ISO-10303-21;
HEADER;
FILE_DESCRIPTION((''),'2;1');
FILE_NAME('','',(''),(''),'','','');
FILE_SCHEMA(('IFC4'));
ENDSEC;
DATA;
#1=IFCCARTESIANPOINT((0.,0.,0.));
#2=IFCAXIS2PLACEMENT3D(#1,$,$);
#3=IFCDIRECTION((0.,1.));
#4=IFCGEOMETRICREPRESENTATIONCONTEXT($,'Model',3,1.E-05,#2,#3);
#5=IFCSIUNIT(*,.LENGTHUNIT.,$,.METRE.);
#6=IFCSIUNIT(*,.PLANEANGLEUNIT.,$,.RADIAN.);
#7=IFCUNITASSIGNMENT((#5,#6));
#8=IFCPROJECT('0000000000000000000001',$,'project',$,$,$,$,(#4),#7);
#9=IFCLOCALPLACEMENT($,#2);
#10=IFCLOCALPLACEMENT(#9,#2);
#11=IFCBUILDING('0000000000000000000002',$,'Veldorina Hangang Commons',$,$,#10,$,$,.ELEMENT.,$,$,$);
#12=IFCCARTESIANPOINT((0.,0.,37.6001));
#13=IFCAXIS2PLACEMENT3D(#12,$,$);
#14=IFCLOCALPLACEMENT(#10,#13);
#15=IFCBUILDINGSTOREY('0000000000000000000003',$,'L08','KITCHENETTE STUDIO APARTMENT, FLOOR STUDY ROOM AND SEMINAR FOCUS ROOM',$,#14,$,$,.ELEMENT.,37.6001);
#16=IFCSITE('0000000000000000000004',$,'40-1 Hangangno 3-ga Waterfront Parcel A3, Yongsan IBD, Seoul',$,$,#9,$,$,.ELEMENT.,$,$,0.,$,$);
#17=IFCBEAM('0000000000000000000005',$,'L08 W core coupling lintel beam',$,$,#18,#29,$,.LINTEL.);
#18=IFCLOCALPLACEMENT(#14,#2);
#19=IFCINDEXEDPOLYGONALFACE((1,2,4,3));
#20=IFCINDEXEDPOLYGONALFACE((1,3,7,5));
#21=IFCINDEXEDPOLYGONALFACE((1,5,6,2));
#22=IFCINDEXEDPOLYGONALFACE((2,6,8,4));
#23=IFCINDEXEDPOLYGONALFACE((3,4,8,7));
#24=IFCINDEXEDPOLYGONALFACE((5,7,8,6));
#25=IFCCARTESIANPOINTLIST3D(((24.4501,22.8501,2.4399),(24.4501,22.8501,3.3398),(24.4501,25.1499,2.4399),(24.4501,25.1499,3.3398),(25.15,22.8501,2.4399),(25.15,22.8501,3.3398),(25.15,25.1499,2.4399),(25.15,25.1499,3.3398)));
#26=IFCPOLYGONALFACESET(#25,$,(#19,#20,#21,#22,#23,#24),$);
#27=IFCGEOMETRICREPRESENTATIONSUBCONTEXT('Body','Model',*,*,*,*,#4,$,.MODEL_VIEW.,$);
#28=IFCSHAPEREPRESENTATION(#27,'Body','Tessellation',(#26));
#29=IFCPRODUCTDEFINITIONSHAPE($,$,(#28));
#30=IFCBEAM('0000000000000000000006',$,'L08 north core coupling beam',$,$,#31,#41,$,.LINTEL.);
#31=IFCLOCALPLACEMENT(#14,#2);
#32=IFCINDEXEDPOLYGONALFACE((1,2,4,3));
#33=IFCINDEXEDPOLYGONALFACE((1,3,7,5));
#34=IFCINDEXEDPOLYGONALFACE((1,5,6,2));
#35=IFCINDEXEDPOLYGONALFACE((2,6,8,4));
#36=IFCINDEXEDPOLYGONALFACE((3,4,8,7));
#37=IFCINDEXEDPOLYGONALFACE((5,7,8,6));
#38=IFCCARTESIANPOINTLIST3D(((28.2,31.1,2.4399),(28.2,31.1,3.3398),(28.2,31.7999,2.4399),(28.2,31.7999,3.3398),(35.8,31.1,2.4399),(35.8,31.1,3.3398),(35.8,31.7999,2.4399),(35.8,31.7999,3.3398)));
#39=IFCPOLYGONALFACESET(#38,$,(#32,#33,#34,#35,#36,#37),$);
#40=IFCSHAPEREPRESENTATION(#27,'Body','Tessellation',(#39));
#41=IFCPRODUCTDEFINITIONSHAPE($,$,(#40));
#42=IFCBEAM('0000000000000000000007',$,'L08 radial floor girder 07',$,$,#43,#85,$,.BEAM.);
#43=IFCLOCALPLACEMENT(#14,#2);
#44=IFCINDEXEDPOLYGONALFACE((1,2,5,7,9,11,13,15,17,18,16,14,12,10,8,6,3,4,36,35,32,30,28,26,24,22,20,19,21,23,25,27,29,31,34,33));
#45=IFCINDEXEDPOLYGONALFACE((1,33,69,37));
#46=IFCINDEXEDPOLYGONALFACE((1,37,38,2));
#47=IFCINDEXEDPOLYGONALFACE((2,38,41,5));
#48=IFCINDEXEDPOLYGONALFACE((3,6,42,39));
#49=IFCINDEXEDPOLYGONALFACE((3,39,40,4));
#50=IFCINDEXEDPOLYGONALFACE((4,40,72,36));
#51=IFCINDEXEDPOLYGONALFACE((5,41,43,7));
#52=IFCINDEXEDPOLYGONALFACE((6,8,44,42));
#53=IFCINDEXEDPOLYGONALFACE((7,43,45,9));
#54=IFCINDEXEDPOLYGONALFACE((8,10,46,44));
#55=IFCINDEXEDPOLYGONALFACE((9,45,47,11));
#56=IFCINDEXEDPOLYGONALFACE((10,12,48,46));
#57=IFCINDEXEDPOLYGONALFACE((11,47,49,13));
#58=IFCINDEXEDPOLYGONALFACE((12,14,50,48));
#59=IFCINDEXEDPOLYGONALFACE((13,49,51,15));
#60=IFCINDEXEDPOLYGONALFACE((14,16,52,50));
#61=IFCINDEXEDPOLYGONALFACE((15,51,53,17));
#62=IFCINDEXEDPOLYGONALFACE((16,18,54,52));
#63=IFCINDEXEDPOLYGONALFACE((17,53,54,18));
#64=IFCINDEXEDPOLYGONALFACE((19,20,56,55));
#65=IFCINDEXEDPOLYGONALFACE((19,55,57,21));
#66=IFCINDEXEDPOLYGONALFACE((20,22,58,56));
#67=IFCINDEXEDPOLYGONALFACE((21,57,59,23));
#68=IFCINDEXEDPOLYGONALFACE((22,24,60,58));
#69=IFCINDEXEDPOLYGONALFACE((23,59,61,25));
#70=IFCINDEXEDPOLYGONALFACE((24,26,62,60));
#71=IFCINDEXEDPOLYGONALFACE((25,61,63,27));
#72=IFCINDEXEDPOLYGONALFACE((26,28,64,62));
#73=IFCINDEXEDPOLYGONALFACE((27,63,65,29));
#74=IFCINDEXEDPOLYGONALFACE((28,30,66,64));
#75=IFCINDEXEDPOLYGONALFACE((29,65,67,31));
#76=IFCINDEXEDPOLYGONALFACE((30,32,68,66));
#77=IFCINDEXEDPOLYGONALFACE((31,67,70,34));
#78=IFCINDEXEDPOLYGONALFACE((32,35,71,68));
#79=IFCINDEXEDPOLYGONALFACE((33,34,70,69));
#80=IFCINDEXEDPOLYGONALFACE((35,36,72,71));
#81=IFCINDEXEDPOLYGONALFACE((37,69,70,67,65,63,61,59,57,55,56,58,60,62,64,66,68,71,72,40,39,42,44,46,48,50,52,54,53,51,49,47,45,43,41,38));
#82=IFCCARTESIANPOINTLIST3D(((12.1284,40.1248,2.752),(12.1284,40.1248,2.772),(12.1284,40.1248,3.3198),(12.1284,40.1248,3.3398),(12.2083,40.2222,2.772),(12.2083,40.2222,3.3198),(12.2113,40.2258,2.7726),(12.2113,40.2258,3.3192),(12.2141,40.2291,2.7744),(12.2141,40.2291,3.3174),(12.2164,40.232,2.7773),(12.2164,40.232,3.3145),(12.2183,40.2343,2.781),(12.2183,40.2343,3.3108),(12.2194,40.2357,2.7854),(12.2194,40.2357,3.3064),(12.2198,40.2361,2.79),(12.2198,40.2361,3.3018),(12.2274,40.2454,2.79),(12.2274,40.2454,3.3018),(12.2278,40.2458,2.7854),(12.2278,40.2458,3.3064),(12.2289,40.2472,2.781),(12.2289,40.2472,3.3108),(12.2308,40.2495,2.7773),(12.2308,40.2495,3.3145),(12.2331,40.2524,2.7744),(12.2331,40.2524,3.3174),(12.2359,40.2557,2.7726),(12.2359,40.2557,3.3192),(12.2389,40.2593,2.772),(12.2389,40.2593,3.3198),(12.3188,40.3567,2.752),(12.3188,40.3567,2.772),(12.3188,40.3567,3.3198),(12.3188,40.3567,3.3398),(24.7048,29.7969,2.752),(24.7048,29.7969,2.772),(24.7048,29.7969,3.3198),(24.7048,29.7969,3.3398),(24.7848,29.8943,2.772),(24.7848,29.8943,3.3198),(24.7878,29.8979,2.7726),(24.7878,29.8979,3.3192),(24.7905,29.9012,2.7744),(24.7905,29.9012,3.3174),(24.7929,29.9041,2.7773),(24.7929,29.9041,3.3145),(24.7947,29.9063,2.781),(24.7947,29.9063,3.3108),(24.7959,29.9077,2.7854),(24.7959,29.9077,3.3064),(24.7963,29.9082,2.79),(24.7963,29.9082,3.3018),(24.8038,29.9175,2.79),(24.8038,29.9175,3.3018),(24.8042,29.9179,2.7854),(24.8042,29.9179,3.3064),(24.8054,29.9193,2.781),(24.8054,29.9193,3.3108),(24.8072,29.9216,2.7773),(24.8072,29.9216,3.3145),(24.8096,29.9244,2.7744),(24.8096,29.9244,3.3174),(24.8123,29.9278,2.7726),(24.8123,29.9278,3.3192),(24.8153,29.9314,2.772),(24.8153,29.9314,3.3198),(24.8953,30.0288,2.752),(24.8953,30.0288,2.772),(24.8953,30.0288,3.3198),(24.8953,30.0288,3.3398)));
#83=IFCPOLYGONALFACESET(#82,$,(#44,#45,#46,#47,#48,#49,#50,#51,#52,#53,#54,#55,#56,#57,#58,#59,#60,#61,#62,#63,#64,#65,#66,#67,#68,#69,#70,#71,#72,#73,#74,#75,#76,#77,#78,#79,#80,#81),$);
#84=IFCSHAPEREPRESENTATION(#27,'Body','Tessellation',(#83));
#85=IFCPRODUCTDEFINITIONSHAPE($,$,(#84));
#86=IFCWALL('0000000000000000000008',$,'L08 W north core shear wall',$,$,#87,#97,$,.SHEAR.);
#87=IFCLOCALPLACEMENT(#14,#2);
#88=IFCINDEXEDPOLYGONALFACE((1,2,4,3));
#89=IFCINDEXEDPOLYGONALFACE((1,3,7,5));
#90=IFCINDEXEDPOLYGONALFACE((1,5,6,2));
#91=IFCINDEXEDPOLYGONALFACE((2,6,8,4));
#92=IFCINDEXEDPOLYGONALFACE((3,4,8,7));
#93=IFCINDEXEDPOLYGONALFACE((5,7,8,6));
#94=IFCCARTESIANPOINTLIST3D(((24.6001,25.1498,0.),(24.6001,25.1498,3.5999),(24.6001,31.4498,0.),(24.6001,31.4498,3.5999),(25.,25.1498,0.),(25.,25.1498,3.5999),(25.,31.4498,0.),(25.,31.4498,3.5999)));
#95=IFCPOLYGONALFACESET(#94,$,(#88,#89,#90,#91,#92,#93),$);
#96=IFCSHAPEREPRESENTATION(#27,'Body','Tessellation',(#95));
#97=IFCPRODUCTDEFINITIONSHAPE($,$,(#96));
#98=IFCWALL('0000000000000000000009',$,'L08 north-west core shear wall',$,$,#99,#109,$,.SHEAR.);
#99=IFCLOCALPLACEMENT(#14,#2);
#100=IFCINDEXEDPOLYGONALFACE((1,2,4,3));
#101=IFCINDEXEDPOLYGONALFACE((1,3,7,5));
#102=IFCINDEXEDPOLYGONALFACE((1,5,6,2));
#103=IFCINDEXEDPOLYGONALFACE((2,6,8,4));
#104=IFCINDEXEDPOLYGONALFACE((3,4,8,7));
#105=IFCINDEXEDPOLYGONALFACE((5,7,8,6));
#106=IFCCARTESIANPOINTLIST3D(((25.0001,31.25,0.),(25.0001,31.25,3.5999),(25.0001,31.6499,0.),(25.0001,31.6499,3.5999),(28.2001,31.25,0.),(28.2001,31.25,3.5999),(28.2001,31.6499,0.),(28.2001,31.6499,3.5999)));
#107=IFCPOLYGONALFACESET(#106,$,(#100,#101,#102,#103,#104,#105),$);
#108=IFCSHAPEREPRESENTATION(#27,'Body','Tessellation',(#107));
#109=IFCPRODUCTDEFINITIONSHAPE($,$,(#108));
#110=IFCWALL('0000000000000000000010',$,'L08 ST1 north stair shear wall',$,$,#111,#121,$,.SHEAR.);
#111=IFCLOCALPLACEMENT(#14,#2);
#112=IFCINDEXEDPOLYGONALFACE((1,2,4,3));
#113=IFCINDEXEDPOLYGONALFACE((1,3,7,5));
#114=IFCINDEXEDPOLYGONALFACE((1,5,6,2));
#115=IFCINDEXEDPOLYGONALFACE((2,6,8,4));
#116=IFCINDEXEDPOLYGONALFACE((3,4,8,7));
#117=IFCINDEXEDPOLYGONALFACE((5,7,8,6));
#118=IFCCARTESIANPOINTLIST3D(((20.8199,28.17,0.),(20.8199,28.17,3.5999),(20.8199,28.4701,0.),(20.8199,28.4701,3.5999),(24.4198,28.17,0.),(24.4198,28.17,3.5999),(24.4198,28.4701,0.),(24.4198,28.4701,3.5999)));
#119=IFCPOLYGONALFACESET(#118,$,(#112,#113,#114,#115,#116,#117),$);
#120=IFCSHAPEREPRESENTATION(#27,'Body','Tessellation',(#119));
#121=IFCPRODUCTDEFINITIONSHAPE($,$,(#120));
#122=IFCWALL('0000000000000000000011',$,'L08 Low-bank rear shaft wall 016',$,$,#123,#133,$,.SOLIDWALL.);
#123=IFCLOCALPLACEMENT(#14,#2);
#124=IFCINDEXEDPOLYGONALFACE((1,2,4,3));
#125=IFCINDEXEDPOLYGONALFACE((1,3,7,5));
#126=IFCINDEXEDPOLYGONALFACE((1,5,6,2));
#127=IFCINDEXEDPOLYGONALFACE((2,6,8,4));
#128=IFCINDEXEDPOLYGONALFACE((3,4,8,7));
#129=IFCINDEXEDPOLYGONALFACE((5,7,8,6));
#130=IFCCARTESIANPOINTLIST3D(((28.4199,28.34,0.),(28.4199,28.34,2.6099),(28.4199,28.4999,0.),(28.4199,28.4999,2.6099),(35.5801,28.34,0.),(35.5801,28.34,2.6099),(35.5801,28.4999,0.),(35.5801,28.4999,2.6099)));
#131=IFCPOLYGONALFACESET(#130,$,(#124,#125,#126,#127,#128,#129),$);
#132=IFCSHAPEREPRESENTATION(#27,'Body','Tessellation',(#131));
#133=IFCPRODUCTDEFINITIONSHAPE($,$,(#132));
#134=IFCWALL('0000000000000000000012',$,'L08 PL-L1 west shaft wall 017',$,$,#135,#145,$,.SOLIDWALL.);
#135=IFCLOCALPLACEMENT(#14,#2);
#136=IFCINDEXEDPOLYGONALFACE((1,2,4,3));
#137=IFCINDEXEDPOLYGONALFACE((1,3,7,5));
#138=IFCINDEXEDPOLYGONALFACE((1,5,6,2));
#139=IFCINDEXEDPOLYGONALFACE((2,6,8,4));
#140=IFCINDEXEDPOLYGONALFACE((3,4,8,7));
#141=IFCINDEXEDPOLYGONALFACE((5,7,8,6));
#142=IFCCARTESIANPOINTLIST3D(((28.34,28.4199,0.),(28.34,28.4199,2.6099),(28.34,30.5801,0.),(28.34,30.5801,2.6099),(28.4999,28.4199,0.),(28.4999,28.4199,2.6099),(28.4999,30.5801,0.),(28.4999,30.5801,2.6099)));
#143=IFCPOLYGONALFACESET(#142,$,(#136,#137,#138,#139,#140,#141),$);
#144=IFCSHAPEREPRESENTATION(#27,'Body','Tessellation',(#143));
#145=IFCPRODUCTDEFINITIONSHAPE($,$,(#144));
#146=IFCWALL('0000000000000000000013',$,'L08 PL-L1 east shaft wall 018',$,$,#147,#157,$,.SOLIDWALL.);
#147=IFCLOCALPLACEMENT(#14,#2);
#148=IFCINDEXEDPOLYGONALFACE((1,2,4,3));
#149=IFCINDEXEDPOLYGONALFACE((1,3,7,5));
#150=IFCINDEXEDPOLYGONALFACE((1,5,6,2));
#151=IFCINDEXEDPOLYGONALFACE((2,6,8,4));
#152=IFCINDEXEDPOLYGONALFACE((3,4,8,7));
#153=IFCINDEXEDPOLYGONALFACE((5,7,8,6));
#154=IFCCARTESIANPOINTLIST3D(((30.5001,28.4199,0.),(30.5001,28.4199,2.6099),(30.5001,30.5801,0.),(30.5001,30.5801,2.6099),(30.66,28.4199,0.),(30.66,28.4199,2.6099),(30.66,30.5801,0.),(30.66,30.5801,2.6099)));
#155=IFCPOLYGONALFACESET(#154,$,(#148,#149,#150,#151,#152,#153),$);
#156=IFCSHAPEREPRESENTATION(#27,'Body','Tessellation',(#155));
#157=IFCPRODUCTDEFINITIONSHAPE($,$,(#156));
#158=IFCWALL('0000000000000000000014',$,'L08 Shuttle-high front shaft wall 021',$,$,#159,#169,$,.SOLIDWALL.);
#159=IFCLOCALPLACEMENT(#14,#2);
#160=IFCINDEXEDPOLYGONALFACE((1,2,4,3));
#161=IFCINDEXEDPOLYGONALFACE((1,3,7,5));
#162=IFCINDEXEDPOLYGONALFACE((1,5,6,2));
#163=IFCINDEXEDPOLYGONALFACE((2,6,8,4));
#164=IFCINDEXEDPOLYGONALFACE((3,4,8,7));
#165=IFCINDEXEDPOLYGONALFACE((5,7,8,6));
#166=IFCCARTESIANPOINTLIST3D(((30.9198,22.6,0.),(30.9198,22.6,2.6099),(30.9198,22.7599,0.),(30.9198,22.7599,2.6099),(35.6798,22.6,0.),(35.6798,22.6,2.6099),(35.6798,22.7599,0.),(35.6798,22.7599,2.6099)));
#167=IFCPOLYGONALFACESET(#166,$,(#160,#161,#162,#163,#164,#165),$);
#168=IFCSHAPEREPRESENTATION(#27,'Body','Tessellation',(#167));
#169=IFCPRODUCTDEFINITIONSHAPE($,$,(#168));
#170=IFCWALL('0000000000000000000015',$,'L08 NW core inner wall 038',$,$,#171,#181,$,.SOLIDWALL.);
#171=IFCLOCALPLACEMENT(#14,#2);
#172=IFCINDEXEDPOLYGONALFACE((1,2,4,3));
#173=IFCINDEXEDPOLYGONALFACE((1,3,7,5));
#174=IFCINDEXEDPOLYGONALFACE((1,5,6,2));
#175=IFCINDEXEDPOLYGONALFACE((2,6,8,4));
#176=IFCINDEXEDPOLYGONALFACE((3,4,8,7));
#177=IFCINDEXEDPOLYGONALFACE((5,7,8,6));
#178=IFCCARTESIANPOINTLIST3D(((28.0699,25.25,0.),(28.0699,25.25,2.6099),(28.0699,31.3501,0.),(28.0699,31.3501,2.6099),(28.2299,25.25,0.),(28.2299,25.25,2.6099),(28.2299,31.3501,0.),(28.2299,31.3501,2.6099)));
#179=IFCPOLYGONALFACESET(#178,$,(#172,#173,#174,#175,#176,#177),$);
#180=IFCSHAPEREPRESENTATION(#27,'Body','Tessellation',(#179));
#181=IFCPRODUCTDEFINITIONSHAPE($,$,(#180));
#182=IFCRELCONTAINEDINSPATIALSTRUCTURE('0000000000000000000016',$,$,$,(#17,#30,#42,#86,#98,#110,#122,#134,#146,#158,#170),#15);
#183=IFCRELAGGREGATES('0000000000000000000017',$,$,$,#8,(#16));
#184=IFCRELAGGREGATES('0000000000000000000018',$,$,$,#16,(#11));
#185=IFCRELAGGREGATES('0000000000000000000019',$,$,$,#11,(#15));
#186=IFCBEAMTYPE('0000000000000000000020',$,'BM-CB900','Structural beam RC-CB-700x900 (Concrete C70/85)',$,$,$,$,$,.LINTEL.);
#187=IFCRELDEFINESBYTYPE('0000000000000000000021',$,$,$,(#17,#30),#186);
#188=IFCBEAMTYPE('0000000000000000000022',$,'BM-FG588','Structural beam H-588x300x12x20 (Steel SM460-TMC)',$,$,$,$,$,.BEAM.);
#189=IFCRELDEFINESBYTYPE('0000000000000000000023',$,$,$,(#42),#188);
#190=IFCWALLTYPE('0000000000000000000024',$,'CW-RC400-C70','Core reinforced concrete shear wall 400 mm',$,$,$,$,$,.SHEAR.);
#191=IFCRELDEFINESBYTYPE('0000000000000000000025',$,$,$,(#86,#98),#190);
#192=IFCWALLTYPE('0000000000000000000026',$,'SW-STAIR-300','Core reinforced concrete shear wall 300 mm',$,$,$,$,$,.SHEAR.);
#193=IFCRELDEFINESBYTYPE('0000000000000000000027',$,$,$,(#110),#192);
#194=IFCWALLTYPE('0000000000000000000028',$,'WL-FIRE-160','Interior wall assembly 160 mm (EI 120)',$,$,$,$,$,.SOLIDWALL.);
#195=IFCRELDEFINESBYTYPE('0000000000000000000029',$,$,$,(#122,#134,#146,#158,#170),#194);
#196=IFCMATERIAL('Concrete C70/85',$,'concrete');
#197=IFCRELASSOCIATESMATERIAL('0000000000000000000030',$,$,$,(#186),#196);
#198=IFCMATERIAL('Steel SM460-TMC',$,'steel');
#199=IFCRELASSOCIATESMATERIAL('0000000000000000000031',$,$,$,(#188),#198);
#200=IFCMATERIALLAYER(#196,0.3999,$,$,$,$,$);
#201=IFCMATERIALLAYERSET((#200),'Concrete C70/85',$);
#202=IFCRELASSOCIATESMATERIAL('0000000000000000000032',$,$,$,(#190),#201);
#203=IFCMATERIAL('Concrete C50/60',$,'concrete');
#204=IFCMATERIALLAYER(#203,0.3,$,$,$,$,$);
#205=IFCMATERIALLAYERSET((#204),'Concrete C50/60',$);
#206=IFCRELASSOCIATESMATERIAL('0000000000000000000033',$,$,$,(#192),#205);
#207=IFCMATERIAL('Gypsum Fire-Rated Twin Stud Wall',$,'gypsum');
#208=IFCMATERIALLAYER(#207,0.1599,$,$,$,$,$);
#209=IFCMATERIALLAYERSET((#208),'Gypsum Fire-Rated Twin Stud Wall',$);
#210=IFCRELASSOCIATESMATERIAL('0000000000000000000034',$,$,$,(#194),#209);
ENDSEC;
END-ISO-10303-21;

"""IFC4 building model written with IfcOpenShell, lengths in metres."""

from ifc_helpers import new_model, si_unit, direction, frame, frame_2d, origin, origin_2d, place, context, subcontext, project, spatial, rectangle, i_section, extrude, material, layer, layer_set, material_profile, profile_set, type_object, element, save


model = new_model("IFC4")

# Units and contexts
model_context = context("Model", 3, precision=1e-05, world=origin(), true_north=direction((0.0, 1.0)))
body_context = subcontext(model_context, "Body", "Model", "MODEL_VIEW")
ifc_project = project(units=[si_unit("LENGTHUNIT", "METRE"), si_unit("PLANEANGLEUNIT", "RADIAN")], contexts=[model_context])

# Site, building, storey
site_placement = place(None, origin())
site = spatial("IfcSite", under=ifc_project, at=site_placement, Name="40-1 Hangangno 3-ga Waterfront Parcel A3, Yongsan IBD, Seoul", CompositionType="ELEMENT", RefElevation=0.0)
building_placement = place(site_placement, origin())
building = spatial("IfcBuilding", under=site, at=building_placement, Name="Veldorina Hangang Commons", CompositionType="ELEMENT")
storey_placement = place(building_placement, frame((0.0, 0.0, 37.6001)))
storey = spatial("IfcBuildingStorey", under=building, at=storey_placement, Name="L08", Description="KITCHENETTE STUDIO APARTMENT, FLOOR STUDY ROOM AND SEMINAR FOCUS ROOM", CompositionType="ELEMENT", Elevation=37.6001)

# Beams
ifc_material_1 = material(Name="Concrete C70/85", Category="concrete")
ifc_material_profile_1 = material_profile(ifc_material_1, rectangle(XDim=0.7, YDim=0.8999, at=origin_2d()), Name="RC-CB-700x900")
ifc_profile_set_1 = profile_set([ifc_material_profile_1], Name="Concrete C70/85")
beam_type_1 = type_object("IfcBeamType", Name="BM-CB900", Description="Structural beam RC-CB-700x900 (Concrete C70/85)", PredefinedType="LINTEL", material=ifc_profile_set_1)
beam_1_placement = place(storey_placement, frame((24.8, 22.8501, 2.8899), z_axis=(0.0, 1.0, 0.0), x_axis=(-1.0, 0.0, 0.0)))
element("IfcBeam", 1, at=beam_1_placement, inside=storey, type_object=beam_type_1, Name="L08 W core coupling lintel beam", PredefinedType="LINTEL", context=body_context, shape_type="SweptSolid", body=[
    extrude(rectangle(XDim=0.7, YDim=0.8999, at=origin_2d()), origin(), (0.0, 0.0, 1.0), 2.2998),
])
beam_2_placement = place(storey_placement, frame((28.2, 31.45, 2.8899), z_axis=(1.0, 0.0, 0.0), x_axis=(0.0, 1.0, 0.0)))
element("IfcBeam", 2, at=beam_2_placement, inside=storey, type_object=beam_type_1, Name="L08 north core coupling beam", PredefinedType="LINTEL", context=body_context, shape_type="SweptSolid", body=[
    extrude(rectangle(XDim=0.7, YDim=0.8999, at=origin_2d()), origin(), (0.0, 0.0, 1.0), 7.6001),
])
ifc_material_2 = material(Name="Steel SM460-TMC", Category="steel")
ifc_material_profile_2 = material_profile(ifc_material_2, i_section(OverallWidth=0.3, OverallDepth=0.5879, WebThickness=0.012, FlangeThickness=0.02, FilletRadius=0.0181, at=origin_2d()), Name="H-588x300x12x20")
ifc_profile_set_2 = profile_set([ifc_material_profile_2], Name="Steel SM460-TMC")
beam_type_2 = type_object("IfcBeamType", Name="BM-FG588", Description="Structural beam H-588x300x12x20 (Steel SM460-TMC)", PredefinedType="BEAM", material=ifc_profile_set_2)
beam_3_placement = place(storey_placement, frame((24.8, 29.9128, 3.0459), z_axis=(-0.772809, 0.634639, 0.0), x_axis=(-0.634639, -0.772809, 0.0)))
element("IfcBeam", 3, at=beam_3_placement, inside=storey, type_object=beam_type_2, Name="L08 radial floor girder 07", PredefinedType="BEAM", context=body_context, shape_type="SweptSolid", body=[
    extrude(i_section(OverallWidth=0.3, OverallDepth=0.5879, WebThickness=0.012, FlangeThickness=0.02, FilletRadius=0.0181, at=origin_2d()), origin(), (0.0, 0.0, 1.0), 16.2737),
])

# Walls
ifc_layer_1 = layer(ifc_material_1, 0.3999)
ifc_layer_set_1 = layer_set([ifc_layer_1], Name="Concrete C70/85")
wall_type_1 = type_object("IfcWallType", Name="CW-RC400-C70", Description="Core reinforced concrete shear wall 400 mm", PredefinedType="SHEAR", material=ifc_layer_set_1)
wall_1_placement = place(storey_placement, frame((24.8, 25.1499, 0.0), z_axis=(0.0, 0.0, 1.0), x_axis=(0.0, 1.0, 0.0)))
element("IfcWall", 4, at=wall_1_placement, inside=storey, type_object=wall_type_1, Name="L08 W north core shear wall", PredefinedType="SHEAR", context=body_context, shape_type="SweptSolid", body=[
    extrude(rectangle(XDim=6.3, YDim=0.3999, at=frame_2d((3.1499, 0.0))), origin(), (0.0, 0.0, 1.0), 3.5999),
])
wall_2_placement = place(storey_placement, frame((25.0, 31.45, 0.0), z_axis=(0.0, 0.0, 1.0), x_axis=(1.0, 0.0, 0.0)))
element("IfcWall", 5, at=wall_2_placement, inside=storey, type_object=wall_type_1, Name="L08 north-west core shear wall", PredefinedType="SHEAR", context=body_context, shape_type="SweptSolid", body=[
    extrude(rectangle(XDim=3.2, YDim=0.3999, at=frame_2d((1.6001, 0.0))), origin(), (0.0, 0.0, 1.0), 3.5999),
])
ifc_material_3 = material(Name="Concrete C50/60", Category="concrete")
ifc_layer_2 = layer(ifc_material_3, 0.3)
ifc_layer_set_2 = layer_set([ifc_layer_2], Name="Concrete C50/60")
wall_type_2 = type_object("IfcWallType", Name="SW-STAIR-300", Description="Core reinforced concrete shear wall 300 mm", PredefinedType="SHEAR", material=ifc_layer_set_2)
wall_3_placement = place(storey_placement, frame((20.8201, 28.3201, 0.0), z_axis=(0.0, 0.0, 1.0), x_axis=(1.0, 0.0, 0.0)))
element("IfcWall", 6, at=wall_3_placement, inside=storey, type_object=wall_type_2, Name="L08 ST1 north stair shear wall", PredefinedType="SHEAR", context=body_context, shape_type="SweptSolid", body=[
    extrude(rectangle(XDim=3.5999, YDim=0.3, at=frame_2d((1.7998, 0.0))), origin(), (0.0, 0.0, 1.0), 3.5999),
])

# Shared definitions
ifc_material_4 = material(Name="Gypsum Fire-Rated Twin Stud Wall", Category="gypsum")
ifc_layer_3 = layer(ifc_material_4, 0.1599)
ifc_layer_set_3 = layer_set([ifc_layer_3], Name="Gypsum Fire-Rated Twin Stud Wall")
wall_type_3 = type_object("IfcWallType", Name="WL-FIRE-160", Description="Interior wall assembly 160 mm (EI 120)", PredefinedType="SOLIDWALL", material=ifc_layer_set_3)

# Walls
wall_4_placement = place(storey_placement, frame((28.4199, 28.4199, 0.0), z_axis=(0.0, 0.0, 1.0), x_axis=(1.0, 0.0, 0.0)))
element("IfcWall", 7, at=wall_4_placement, inside=storey, type_object=wall_type_3, Name="L08 Low-bank rear shaft wall 016", PredefinedType="SOLIDWALL", context=body_context, shape_type="SweptSolid", body=[
    extrude(rectangle(XDim=7.1602, YDim=0.1599, at=frame_2d((3.5801, 0.0))), origin(), (0.0, 0.0, 1.0), 2.6099),
])
for number, where, z_axis, x_axis, name in (
    (8, (28.4199, 28.4199, 0.0), (0.0, 0.0, 1.0), (0.0, 1.0, 0.0), "L08 PL-L1 west shaft wall 017"),
    (9, (30.5801, 28.4199, 0.0), (0.0, 0.0, 1.0), (0.0, 1.0, 0.0), "L08 PL-L1 east shaft wall 018"),
):
    element("IfcWall", number, at=place(storey_placement, frame(where, z_axis=z_axis, x_axis=x_axis)), inside=storey, type_object=wall_type_3, Name=name, PredefinedType="SOLIDWALL", context=body_context, shape_type="SweptSolid", body=[
        extrude(rectangle(XDim=2.1602, YDim=0.1599, at=frame_2d((1.0801, 0.0))), origin(), (0.0, 0.0, 1.0), 2.6099),
    ])
wall_5_placement = place(storey_placement, frame((30.9199, 22.6799, 0.0), z_axis=(0.0, 0.0, 1.0), x_axis=(1.0, 0.0, 0.0)))
element("IfcWall", 10, at=wall_5_placement, inside=storey, type_object=wall_type_3, Name="L08 Shuttle-high front shaft wall 021", PredefinedType="SOLIDWALL", context=body_context, shape_type="SweptSolid", body=[
    extrude(rectangle(XDim=4.76, YDim=0.1599, at=frame_2d((2.3799, 0.0))), origin(), (0.0, 0.0, 1.0), 2.6099),
])
wall_6_placement = place(storey_placement, frame((28.1499, 25.25, 0.0), z_axis=(0.0, 0.0, 1.0), x_axis=(0.0, 1.0, 0.0)))
element("IfcWall", 11, at=wall_6_placement, inside=storey, type_object=wall_type_3, Name="L08 NW core inner wall 038", PredefinedType="SOLIDWALL", context=body_context, shape_type="SweptSolid", body=[
    extrude(rectangle(XDim=6.1001, YDim=0.1599, at=frame_2d((3.05, 0.0))), origin(), (0.0, 0.0, 1.0), 2.6099),
])

save(model, "model.ifc")
